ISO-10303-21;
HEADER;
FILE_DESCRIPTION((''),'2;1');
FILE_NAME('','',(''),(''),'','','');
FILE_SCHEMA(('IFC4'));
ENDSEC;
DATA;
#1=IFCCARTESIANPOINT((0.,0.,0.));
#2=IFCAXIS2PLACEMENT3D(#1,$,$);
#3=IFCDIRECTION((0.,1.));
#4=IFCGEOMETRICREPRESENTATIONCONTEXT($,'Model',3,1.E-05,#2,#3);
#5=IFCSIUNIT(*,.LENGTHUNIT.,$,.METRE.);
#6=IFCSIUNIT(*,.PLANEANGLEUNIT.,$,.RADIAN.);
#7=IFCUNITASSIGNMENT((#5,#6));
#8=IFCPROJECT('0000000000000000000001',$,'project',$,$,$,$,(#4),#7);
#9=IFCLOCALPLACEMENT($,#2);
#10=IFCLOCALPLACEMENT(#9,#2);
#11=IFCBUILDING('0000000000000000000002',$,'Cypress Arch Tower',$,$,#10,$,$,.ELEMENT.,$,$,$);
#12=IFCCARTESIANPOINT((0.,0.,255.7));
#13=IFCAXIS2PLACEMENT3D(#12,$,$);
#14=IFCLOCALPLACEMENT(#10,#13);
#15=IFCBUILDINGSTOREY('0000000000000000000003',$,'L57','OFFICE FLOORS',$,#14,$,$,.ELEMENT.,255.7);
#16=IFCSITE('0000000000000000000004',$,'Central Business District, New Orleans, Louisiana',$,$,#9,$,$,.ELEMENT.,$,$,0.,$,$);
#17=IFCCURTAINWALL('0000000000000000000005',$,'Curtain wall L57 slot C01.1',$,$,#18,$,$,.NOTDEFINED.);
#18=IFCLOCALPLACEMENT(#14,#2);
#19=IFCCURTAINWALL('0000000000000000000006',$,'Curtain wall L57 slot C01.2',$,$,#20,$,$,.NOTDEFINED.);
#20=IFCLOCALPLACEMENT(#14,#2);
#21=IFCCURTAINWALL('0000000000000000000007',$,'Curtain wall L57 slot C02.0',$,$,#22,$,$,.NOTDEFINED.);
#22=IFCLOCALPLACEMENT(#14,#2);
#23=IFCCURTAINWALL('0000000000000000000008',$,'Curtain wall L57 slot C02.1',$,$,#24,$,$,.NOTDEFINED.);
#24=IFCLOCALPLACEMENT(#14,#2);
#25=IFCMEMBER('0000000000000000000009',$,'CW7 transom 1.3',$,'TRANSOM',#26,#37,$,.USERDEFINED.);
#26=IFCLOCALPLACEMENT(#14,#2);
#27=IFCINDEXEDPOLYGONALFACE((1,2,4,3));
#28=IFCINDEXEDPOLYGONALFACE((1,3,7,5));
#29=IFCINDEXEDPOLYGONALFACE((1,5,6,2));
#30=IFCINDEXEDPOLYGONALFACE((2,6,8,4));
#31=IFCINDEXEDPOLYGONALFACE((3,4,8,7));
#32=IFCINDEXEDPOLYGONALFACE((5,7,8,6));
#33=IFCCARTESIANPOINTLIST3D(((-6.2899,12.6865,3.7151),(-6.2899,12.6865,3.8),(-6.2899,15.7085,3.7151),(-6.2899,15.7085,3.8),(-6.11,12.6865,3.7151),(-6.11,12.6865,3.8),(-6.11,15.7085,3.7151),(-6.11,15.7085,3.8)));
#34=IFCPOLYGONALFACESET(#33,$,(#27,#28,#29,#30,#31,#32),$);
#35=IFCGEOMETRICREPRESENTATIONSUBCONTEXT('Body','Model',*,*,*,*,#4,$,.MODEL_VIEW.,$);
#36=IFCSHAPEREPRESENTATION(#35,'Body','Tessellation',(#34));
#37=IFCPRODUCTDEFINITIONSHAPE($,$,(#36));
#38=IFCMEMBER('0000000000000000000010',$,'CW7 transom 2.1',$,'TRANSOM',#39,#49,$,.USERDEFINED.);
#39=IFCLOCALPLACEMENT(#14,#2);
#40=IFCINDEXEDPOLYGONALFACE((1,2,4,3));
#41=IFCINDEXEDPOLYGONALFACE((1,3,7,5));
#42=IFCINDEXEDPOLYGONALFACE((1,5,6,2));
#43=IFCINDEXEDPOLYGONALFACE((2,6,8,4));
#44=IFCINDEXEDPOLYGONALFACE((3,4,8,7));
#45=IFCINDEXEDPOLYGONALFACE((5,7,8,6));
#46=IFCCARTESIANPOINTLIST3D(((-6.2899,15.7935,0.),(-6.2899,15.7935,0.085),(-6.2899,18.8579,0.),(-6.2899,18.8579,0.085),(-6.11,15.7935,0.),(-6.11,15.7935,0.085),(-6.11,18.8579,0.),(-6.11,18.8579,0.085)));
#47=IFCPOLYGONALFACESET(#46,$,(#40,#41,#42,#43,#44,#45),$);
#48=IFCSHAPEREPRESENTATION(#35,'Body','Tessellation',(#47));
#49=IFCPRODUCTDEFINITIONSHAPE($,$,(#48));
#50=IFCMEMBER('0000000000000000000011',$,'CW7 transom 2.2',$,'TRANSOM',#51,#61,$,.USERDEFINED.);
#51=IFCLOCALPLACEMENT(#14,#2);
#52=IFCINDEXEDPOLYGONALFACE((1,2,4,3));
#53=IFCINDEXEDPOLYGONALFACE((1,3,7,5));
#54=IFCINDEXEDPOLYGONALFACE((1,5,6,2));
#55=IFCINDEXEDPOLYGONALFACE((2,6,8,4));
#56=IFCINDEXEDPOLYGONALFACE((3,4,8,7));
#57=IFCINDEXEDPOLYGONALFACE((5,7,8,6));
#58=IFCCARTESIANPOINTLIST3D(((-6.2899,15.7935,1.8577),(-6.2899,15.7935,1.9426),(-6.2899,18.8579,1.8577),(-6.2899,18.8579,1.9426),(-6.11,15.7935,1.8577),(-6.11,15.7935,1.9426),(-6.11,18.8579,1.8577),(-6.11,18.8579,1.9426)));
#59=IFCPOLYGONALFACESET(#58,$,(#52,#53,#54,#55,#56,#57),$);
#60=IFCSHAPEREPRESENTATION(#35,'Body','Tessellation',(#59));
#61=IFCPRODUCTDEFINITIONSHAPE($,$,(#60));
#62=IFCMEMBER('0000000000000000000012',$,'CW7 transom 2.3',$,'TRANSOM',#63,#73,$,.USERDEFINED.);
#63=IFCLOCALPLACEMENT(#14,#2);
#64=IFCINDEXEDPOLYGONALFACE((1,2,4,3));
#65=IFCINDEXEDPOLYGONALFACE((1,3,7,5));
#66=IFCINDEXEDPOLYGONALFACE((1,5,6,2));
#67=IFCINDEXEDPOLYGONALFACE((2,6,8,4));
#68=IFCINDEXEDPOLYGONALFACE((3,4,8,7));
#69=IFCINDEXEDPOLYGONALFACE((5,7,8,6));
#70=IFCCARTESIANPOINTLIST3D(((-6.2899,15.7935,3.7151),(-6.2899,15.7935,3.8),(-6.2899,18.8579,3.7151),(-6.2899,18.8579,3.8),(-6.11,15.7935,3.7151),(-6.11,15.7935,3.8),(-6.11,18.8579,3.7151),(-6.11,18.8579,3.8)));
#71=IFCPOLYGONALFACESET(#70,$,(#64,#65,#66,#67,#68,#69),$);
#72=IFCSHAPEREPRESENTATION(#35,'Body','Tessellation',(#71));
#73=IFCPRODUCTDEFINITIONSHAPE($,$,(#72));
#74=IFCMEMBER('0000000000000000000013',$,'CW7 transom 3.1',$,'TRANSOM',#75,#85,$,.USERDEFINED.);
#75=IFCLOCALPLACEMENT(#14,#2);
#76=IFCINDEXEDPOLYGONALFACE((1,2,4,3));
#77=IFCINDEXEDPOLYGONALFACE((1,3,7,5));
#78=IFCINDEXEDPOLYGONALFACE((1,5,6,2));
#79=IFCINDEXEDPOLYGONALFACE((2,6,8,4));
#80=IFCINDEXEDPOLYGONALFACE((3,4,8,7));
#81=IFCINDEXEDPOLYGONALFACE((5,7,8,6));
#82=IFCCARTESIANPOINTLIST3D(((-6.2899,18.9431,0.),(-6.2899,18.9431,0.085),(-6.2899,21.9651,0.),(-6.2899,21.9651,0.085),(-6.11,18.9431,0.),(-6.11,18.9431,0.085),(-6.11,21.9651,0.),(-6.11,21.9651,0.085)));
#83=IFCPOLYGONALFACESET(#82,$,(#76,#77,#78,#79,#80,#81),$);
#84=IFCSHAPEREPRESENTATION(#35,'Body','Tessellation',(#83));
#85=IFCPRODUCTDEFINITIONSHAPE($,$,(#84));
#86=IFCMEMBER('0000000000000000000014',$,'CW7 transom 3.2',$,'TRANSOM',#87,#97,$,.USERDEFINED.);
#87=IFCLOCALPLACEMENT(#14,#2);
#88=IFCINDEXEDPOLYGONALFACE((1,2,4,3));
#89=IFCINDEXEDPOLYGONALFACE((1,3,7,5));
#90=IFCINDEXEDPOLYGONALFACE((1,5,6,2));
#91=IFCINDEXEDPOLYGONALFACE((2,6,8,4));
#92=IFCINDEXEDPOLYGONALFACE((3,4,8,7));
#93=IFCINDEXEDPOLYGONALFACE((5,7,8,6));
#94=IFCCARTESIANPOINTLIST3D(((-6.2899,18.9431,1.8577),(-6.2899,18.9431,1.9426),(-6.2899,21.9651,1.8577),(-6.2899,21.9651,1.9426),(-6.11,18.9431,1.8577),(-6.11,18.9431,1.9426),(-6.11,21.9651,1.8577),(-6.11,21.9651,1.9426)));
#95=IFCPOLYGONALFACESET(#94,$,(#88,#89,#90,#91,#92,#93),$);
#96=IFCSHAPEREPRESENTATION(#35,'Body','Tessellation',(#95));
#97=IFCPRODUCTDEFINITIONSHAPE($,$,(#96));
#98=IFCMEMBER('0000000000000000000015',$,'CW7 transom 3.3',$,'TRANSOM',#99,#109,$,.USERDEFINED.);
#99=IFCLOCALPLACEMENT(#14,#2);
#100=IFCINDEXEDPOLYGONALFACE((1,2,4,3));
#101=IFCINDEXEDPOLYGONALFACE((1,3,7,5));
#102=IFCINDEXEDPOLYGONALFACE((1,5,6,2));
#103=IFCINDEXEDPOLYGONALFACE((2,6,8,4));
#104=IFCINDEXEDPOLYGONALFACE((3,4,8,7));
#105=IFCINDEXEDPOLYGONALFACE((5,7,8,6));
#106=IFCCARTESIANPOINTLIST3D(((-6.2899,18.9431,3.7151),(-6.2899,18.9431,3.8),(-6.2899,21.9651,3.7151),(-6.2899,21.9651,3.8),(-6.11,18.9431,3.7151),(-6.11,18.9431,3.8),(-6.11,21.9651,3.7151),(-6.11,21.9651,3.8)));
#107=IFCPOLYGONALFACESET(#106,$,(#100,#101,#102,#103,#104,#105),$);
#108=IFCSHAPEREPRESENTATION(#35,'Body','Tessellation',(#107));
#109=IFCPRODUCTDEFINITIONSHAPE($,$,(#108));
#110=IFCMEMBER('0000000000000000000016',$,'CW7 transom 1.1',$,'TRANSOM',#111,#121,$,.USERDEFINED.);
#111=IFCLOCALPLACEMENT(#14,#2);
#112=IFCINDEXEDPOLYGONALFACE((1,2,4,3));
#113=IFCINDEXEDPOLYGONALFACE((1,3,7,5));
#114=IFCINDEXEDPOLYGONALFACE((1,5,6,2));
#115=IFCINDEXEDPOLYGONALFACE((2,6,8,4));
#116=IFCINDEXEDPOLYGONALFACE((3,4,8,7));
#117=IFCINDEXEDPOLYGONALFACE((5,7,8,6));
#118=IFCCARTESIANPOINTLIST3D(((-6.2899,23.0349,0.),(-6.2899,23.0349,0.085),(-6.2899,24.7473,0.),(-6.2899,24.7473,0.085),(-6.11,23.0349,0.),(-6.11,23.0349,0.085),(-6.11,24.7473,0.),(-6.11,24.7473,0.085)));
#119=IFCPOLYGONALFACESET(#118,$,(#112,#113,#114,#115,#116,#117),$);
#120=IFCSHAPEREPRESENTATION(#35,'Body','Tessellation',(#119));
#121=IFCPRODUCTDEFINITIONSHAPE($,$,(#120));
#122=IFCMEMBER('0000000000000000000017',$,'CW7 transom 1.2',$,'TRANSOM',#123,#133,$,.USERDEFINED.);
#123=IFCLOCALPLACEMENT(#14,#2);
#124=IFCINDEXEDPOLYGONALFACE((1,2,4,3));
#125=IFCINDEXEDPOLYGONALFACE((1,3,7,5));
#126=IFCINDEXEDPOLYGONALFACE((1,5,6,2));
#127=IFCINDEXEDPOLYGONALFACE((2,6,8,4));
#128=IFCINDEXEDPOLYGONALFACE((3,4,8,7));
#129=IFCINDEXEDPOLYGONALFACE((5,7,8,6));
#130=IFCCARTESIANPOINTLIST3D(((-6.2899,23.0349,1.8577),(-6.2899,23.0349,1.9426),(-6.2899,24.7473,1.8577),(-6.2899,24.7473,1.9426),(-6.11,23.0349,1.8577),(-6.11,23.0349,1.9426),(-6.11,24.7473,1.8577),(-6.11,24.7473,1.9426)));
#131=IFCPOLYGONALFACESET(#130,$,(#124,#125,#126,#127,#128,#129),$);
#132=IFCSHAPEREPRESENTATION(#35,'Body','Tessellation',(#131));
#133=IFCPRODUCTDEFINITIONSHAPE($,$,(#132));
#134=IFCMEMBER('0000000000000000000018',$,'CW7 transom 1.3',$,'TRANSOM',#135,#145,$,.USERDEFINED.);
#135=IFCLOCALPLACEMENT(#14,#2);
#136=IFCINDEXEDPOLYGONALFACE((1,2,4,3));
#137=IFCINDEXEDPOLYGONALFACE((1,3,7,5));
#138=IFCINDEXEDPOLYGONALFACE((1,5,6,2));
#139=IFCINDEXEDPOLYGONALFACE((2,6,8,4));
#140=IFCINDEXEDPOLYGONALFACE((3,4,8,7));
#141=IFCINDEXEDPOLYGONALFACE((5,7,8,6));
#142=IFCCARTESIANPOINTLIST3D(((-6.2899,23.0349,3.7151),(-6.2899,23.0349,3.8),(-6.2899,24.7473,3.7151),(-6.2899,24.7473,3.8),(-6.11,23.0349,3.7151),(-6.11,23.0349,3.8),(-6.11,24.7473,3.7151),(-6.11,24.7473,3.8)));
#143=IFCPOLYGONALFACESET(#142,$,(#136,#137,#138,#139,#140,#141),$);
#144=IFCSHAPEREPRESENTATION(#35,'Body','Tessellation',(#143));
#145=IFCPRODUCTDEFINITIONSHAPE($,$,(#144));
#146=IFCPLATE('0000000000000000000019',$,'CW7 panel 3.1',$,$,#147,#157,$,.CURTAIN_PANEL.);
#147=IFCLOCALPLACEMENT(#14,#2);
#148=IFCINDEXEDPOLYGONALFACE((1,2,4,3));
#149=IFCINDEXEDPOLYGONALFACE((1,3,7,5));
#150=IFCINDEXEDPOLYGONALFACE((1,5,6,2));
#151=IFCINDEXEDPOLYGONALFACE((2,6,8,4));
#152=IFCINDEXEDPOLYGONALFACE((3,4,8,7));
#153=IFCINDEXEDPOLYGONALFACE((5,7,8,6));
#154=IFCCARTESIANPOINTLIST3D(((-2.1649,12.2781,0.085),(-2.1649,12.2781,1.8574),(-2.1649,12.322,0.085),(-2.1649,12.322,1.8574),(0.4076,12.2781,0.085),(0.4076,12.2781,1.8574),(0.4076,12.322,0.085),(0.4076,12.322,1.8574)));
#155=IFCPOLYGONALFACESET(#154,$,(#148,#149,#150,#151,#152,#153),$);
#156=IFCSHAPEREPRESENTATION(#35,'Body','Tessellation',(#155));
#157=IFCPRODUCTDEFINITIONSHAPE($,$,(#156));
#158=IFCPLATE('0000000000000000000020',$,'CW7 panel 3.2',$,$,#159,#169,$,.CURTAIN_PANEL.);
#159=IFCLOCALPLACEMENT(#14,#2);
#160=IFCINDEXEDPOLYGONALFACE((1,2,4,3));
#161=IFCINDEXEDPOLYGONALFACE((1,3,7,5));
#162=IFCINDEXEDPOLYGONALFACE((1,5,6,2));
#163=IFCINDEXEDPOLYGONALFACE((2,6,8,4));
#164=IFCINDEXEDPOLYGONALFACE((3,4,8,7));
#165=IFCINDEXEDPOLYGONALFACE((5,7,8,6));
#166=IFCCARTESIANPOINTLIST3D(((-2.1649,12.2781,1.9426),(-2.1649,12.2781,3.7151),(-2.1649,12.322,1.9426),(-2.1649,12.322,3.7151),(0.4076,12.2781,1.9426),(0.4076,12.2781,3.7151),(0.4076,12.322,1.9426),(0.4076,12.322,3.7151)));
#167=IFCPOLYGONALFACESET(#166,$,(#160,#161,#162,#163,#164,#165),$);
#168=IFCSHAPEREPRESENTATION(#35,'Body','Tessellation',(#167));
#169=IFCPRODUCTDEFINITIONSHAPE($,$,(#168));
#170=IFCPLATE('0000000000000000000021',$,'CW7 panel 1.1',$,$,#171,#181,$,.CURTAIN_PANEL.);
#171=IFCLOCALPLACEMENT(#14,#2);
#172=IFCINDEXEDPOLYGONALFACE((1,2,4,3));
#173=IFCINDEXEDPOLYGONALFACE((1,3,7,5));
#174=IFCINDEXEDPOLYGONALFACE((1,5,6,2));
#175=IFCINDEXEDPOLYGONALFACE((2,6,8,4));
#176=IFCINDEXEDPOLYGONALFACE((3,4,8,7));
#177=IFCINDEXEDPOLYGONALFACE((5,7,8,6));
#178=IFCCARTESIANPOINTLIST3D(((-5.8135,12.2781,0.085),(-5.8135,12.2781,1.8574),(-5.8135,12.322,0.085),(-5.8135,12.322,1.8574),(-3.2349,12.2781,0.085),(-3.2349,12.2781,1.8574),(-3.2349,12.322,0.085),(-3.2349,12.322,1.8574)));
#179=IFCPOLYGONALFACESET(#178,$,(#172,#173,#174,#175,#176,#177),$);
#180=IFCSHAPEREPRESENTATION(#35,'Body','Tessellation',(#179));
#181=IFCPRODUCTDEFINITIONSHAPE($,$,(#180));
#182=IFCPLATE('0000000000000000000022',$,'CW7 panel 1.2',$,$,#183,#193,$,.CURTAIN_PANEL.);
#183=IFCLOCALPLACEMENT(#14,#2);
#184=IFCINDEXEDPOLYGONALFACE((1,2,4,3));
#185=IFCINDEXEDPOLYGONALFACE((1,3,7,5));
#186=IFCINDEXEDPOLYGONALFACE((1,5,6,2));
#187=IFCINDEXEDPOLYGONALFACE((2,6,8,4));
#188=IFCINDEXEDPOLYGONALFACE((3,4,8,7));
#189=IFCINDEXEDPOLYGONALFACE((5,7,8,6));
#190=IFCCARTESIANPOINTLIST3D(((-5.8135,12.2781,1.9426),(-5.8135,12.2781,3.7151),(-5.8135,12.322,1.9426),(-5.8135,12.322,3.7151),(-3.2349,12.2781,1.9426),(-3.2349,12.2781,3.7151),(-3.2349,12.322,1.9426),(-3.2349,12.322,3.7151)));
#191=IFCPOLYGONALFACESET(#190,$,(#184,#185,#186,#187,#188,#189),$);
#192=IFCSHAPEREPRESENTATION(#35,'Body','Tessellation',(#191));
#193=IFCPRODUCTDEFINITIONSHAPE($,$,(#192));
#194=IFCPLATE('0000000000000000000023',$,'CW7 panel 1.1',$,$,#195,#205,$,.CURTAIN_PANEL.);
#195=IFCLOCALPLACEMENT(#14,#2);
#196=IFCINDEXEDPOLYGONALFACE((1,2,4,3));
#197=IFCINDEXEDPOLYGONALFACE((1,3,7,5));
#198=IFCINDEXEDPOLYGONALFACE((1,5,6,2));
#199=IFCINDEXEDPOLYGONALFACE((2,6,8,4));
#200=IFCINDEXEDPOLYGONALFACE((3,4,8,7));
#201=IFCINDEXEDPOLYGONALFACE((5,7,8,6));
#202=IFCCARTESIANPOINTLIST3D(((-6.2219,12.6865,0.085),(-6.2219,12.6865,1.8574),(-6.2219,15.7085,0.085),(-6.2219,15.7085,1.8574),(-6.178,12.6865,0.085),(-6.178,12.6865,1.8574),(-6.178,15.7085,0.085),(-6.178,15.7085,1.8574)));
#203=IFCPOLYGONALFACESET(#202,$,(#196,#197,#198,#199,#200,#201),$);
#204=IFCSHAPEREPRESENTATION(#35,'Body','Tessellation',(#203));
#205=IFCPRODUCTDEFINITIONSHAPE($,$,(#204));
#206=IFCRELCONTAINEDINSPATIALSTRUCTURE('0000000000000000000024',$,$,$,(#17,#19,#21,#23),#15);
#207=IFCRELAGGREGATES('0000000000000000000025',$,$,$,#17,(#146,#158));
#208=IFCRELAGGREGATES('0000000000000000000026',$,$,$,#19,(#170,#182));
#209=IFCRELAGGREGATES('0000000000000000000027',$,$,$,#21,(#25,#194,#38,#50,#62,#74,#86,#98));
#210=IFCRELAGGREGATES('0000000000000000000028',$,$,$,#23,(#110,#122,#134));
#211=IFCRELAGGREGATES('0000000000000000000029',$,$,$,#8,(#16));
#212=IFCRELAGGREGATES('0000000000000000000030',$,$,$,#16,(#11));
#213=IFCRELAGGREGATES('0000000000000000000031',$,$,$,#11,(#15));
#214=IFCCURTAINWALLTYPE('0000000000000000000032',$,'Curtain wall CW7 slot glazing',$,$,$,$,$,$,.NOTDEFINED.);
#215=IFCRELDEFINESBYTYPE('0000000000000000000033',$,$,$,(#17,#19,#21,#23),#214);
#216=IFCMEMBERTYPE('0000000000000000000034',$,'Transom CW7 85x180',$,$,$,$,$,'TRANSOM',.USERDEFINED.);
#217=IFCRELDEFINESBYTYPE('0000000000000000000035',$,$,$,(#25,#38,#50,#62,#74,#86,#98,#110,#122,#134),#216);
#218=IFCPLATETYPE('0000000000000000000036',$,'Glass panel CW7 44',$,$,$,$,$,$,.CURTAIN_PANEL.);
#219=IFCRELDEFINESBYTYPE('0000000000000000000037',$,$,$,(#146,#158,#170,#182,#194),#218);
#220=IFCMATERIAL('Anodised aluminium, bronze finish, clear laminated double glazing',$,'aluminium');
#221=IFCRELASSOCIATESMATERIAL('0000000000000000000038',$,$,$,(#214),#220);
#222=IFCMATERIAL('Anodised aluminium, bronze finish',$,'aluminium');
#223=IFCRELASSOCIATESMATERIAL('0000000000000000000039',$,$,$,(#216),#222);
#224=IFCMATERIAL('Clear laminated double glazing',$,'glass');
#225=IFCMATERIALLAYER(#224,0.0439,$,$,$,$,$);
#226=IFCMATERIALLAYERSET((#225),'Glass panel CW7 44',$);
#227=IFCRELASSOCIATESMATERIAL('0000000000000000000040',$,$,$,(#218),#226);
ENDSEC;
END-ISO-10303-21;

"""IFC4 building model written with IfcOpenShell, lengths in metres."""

from ifc_helpers import new_model, si_unit, direction, frame, origin, origin_2d, place, context, subcontext, project, spatial, rectangle, extrude, material, layer, layer_set, material_profile, profile_set, type_object, element, aggregate, save


model = new_model("IFC4")

# Units and contexts
model_context = context("Model", 3, precision=1e-05, world=origin(), true_north=direction((0.0, 1.0)))
body_context = subcontext(model_context, "Body", "Model", "MODEL_VIEW")
ifc_project = project(units=[si_unit("LENGTHUNIT", "METRE"), si_unit("PLANEANGLEUNIT", "RADIAN")], contexts=[model_context])

# Site, building, storey
site_placement = place(None, origin())
site = spatial("IfcSite", under=ifc_project, at=site_placement, Name="Central Business District, New Orleans, Louisiana", CompositionType="ELEMENT", RefElevation=0.0)
building_placement = place(site_placement, origin())
building = spatial("IfcBuilding", under=site, at=building_placement, Name="Cypress Arch Tower", CompositionType="ELEMENT")
storey_placement = place(building_placement, frame((0.0, 0.0, 255.7)))
storey = spatial("IfcBuildingStorey", under=building, at=storey_placement, Name="L57", Description="OFFICE FLOORS", CompositionType="ELEMENT", Elevation=255.7)

# Curtain wall
ifc_material_1 = material(Name="Anodised aluminium, bronze finish, clear laminated double glazing", Category="aluminium")
curtain_wall_type = type_object("IfcCurtainWallType", Name="Curtain wall CW7 slot glazing", PredefinedType="NOTDEFINED", material=ifc_material_1)
curtain_wall_1_placement = place(storey_placement, origin())
curtain_wall_1 = element("IfcCurtainWall", 1, at=curtain_wall_1_placement, inside=storey, type_object=curtain_wall_type, Name="Curtain wall L57 slot C01.1", PredefinedType="NOTDEFINED")

# Curtain walls
curtain_wall_2_placement = place(storey_placement, origin())
curtain_wall_2 = element("IfcCurtainWall", 2, at=curtain_wall_2_placement, inside=storey, type_object=curtain_wall_type, Name="Curtain wall L57 slot C01.2", PredefinedType="NOTDEFINED")
curtain_wall_3_placement = place(storey_placement, origin())
curtain_wall_3 = element("IfcCurtainWall", 3, at=curtain_wall_3_placement, inside=storey, type_object=curtain_wall_type, Name="Curtain wall L57 slot C02.0", PredefinedType="NOTDEFINED")
curtain_wall_4_placement = place(storey_placement, origin())
curtain_wall_4 = element("IfcCurtainWall", 4, at=curtain_wall_4_placement, inside=storey, type_object=curtain_wall_type, Name="Curtain wall L57 slot C02.1", PredefinedType="NOTDEFINED")

# Members
ifc_material_2 = material(Name="Anodised aluminium, bronze finish", Category="aluminium")
ifc_material_profile_1 = material_profile(ifc_material_2, rectangle(XDim=0.1799, YDim=0.085, at=origin_2d()), Name="Transom 85x180")
ifc_profile_set_1 = profile_set([ifc_material_profile_1], Name="Anodised aluminium, bronze finish")
member_type_1 = type_object("IfcMemberType", Name="Transom CW7 85x180", ElementType="TRANSOM", PredefinedType="USERDEFINED", material=ifc_profile_set_1)
member_1_placement = place(storey_placement, frame((-6.2, 12.6865, 3.7576), z_axis=(0.0, 1.0, 0.0), x_axis=(-1.0, 0.0, 0.0)))
member_1 = element("IfcMember", 5, at=member_1_placement, type_object=member_type_1, Name="CW7 transom 1.3", ObjectType="TRANSOM", PredefinedType="USERDEFINED", context=body_context, shape_type="SweptSolid", body=[
    extrude(rectangle(XDim=0.1799, YDim=0.085, at=origin_2d()), origin(), (0.0, 0.0, 1.0), 3.022),
])
member_2_placement = place(storey_placement, frame((-6.2, 15.7935, 0.0425), z_axis=(0.0, 1.0, 0.0), x_axis=(-1.0, 0.0, 0.0)))
member_2 = element("IfcMember", 6, at=member_2_placement, type_object=member_type_1, Name="CW7 transom 2.1", ObjectType="TRANSOM", PredefinedType="USERDEFINED", context=body_context, shape_type="SweptSolid", body=[
    extrude(rectangle(XDim=0.1799, YDim=0.085, at=origin_2d()), origin(), (0.0, 0.0, 1.0), 3.0645),
])
member_3_placement = place(storey_placement, frame((-6.2, 15.7935, 1.9001), z_axis=(0.0, 1.0, 0.0), x_axis=(-1.0, 0.0, 0.0)))
member_3 = element("IfcMember", 7, at=member_3_placement, type_object=member_type_1, Name="CW7 transom 2.2", ObjectType="TRANSOM", PredefinedType="USERDEFINED", context=body_context, shape_type="SweptSolid", body=[
    extrude(rectangle(XDim=0.1799, YDim=0.085, at=origin_2d()), origin(), (0.0, 0.0, 1.0), 3.0645),
])
member_4_placement = place(storey_placement, frame((-6.2, 15.7935, 3.7576), z_axis=(0.0, 1.0, 0.0), x_axis=(-1.0, 0.0, 0.0)))
member_4 = element("IfcMember", 8, at=member_4_placement, type_object=member_type_1, Name="CW7 transom 2.3", ObjectType="TRANSOM", PredefinedType="USERDEFINED", context=body_context, shape_type="SweptSolid", body=[
    extrude(rectangle(XDim=0.1799, YDim=0.085, at=origin_2d()), origin(), (0.0, 0.0, 1.0), 3.0645),
])
member_5_placement = place(storey_placement, frame((-6.2, 18.9431, 0.0425), z_axis=(0.0, 1.0, 0.0), x_axis=(-1.0, 0.0, 0.0)))
member_5 = element("IfcMember", 9, at=member_5_placement, type_object=member_type_1, Name="CW7 transom 3.1", ObjectType="TRANSOM", PredefinedType="USERDEFINED", context=body_context, shape_type="SweptSolid", body=[
    extrude(rectangle(XDim=0.1799, YDim=0.085, at=origin_2d()), origin(), (0.0, 0.0, 1.0), 3.022),
])
member_6_placement = place(storey_placement, frame((-6.2, 18.9431, 1.9001), z_axis=(0.0, 1.0, 0.0), x_axis=(-1.0, 0.0, 0.0)))
member_6 = element("IfcMember", 10, at=member_6_placement, type_object=member_type_1, Name="CW7 transom 3.2", ObjectType="TRANSOM", PredefinedType="USERDEFINED", context=body_context, shape_type="SweptSolid", body=[
    extrude(rectangle(XDim=0.1799, YDim=0.085, at=origin_2d()), origin(), (0.0, 0.0, 1.0), 3.022),
])
member_7_placement = place(storey_placement, frame((-6.2, 18.9431, 3.7576), z_axis=(0.0, 1.0, 0.0), x_axis=(-1.0, 0.0, 0.0)))
member_7 = element("IfcMember", 11, at=member_7_placement, type_object=member_type_1, Name="CW7 transom 3.3", ObjectType="TRANSOM", PredefinedType="USERDEFINED", context=body_context, shape_type="SweptSolid", body=[
    extrude(rectangle(XDim=0.1799, YDim=0.085, at=origin_2d()), origin(), (0.0, 0.0, 1.0), 3.022),
])
member_8_placement = place(storey_placement, frame((-6.2, 23.0349, 0.0425), z_axis=(0.0, 1.0, 0.0), x_axis=(-1.0, 0.0, 0.0)))
member_8 = element("IfcMember", 12, at=member_8_placement, type_object=member_type_1, Name="CW7 transom 1.1", ObjectType="TRANSOM", PredefinedType="USERDEFINED", context=body_context, shape_type="SweptSolid", body=[
    extrude(rectangle(XDim=0.1799, YDim=0.085, at=origin_2d()), origin(), (0.0, 0.0, 1.0), 1.7124),
])
member_9_placement = place(storey_placement, frame((-6.2, 23.0349, 1.9001), z_axis=(0.0, 1.0, 0.0), x_axis=(-1.0, 0.0, 0.0)))
member_9 = element("IfcMember", 13, at=member_9_placement, type_object=member_type_1, Name="CW7 transom 1.2", ObjectType="TRANSOM", PredefinedType="USERDEFINED", context=body_context, shape_type="SweptSolid", body=[
    extrude(rectangle(XDim=0.1799, YDim=0.085, at=origin_2d()), origin(), (0.0, 0.0, 1.0), 1.7124),
])
member_10_placement = place(storey_placement, frame((-6.2, 23.0349, 3.7576), z_axis=(0.0, 1.0, 0.0), x_axis=(-1.0, 0.0, 0.0)))
member_10 = element("IfcMember", 14, at=member_10_placement, type_object=member_type_1, Name="CW7 transom 1.3", ObjectType="TRANSOM", PredefinedType="USERDEFINED", context=body_context, shape_type="SweptSolid", body=[
    extrude(rectangle(XDim=0.1799, YDim=0.085, at=origin_2d()), origin(), (0.0, 0.0, 1.0), 1.7124),
])

# Plates
ifc_material_3 = material(Name="Clear laminated double glazing", Category="glass")
ifc_layer = layer(ifc_material_3, 0.0439)
ifc_layer_set = layer_set([ifc_layer], Name="Glass panel CW7 44")
plate_type = type_object("IfcPlateType", Name="Glass panel CW7 44", PredefinedType="CURTAIN_PANEL", material=ifc_layer_set)
plate_1_placement = place(storey_placement, frame((-0.8787, 12.3, 0.085), z_axis=(0.0, 0.0, 1.0), x_axis=(-1.0, 0.0, 0.0)))
plate_1 = element("IfcPlate", 15, at=plate_1_placement, type_object=plate_type, Name="CW7 panel 3.1", PredefinedType="CURTAIN_PANEL", context=body_context, shape_type="SweptSolid", body=[
    extrude(rectangle(XDim=2.5725, YDim=0.0439, at=origin_2d()), origin(), (0.0, 0.0, 1.0), 1.7725),
])
plate_2_placement = place(storey_placement, frame((-0.8787, 12.3, 1.9426), z_axis=(0.0, 0.0, 1.0), x_axis=(-1.0, 0.0, 0.0)))
plate_2 = element("IfcPlate", 16, at=plate_2_placement, type_object=plate_type, Name="CW7 panel 3.2", PredefinedType="CURTAIN_PANEL", context=body_context, shape_type="SweptSolid", body=[
    extrude(rectangle(XDim=2.5725, YDim=0.0439, at=origin_2d()), origin(), (0.0, 0.0, 1.0), 1.7725),
])
aggregate(curtain_wall_1, [plate_1, plate_2])
plate_3_placement = place(storey_placement, frame((-4.5242, 12.3, 0.085), z_axis=(0.0, 0.0, 1.0), x_axis=(-1.0, 0.0, 0.0)))
plate_3 = element("IfcPlate", 17, at=plate_3_placement, type_object=plate_type, Name="CW7 panel 1.1", PredefinedType="CURTAIN_PANEL", context=body_context, shape_type="SweptSolid", body=[
    extrude(rectangle(XDim=2.5786, YDim=0.0439, at=origin_2d()), origin(), (0.0, 0.0, 1.0), 1.7725),
])
plate_4_placement = place(storey_placement, frame((-4.5242, 12.3, 1.9426), z_axis=(0.0, 0.0, 1.0), x_axis=(-1.0, 0.0, 0.0)))
plate_4 = element("IfcPlate", 18, at=plate_4_placement, type_object=plate_type, Name="CW7 panel 1.2", PredefinedType="CURTAIN_PANEL", context=body_context, shape_type="SweptSolid", body=[
    extrude(rectangle(XDim=2.5786, YDim=0.0439, at=origin_2d()), origin(), (0.0, 0.0, 1.0), 1.7725),
])
aggregate(curtain_wall_2, [plate_3, plate_4])
plate_5_placement = place(storey_placement, frame((-6.2, 14.1975, 0.085), z_axis=(0.0, 0.0, 1.0), x_axis=(0.0, 1.0, 0.0)))
plate_5 = element("IfcPlate", 19, at=plate_5_placement, type_object=plate_type, Name="CW7 panel 1.1", PredefinedType="CURTAIN_PANEL", context=body_context, shape_type="SweptSolid", body=[
    extrude(rectangle(XDim=3.022, YDim=0.0439, at=origin_2d()), origin(), (0.0, 0.0, 1.0), 1.7725),
])
aggregate(curtain_wall_3, [member_1, plate_5, member_2, member_3, member_4, member_5, member_6, member_7])
aggregate(curtain_wall_4, [member_8, member_9, member_10])

save(model, "model.ifc")
